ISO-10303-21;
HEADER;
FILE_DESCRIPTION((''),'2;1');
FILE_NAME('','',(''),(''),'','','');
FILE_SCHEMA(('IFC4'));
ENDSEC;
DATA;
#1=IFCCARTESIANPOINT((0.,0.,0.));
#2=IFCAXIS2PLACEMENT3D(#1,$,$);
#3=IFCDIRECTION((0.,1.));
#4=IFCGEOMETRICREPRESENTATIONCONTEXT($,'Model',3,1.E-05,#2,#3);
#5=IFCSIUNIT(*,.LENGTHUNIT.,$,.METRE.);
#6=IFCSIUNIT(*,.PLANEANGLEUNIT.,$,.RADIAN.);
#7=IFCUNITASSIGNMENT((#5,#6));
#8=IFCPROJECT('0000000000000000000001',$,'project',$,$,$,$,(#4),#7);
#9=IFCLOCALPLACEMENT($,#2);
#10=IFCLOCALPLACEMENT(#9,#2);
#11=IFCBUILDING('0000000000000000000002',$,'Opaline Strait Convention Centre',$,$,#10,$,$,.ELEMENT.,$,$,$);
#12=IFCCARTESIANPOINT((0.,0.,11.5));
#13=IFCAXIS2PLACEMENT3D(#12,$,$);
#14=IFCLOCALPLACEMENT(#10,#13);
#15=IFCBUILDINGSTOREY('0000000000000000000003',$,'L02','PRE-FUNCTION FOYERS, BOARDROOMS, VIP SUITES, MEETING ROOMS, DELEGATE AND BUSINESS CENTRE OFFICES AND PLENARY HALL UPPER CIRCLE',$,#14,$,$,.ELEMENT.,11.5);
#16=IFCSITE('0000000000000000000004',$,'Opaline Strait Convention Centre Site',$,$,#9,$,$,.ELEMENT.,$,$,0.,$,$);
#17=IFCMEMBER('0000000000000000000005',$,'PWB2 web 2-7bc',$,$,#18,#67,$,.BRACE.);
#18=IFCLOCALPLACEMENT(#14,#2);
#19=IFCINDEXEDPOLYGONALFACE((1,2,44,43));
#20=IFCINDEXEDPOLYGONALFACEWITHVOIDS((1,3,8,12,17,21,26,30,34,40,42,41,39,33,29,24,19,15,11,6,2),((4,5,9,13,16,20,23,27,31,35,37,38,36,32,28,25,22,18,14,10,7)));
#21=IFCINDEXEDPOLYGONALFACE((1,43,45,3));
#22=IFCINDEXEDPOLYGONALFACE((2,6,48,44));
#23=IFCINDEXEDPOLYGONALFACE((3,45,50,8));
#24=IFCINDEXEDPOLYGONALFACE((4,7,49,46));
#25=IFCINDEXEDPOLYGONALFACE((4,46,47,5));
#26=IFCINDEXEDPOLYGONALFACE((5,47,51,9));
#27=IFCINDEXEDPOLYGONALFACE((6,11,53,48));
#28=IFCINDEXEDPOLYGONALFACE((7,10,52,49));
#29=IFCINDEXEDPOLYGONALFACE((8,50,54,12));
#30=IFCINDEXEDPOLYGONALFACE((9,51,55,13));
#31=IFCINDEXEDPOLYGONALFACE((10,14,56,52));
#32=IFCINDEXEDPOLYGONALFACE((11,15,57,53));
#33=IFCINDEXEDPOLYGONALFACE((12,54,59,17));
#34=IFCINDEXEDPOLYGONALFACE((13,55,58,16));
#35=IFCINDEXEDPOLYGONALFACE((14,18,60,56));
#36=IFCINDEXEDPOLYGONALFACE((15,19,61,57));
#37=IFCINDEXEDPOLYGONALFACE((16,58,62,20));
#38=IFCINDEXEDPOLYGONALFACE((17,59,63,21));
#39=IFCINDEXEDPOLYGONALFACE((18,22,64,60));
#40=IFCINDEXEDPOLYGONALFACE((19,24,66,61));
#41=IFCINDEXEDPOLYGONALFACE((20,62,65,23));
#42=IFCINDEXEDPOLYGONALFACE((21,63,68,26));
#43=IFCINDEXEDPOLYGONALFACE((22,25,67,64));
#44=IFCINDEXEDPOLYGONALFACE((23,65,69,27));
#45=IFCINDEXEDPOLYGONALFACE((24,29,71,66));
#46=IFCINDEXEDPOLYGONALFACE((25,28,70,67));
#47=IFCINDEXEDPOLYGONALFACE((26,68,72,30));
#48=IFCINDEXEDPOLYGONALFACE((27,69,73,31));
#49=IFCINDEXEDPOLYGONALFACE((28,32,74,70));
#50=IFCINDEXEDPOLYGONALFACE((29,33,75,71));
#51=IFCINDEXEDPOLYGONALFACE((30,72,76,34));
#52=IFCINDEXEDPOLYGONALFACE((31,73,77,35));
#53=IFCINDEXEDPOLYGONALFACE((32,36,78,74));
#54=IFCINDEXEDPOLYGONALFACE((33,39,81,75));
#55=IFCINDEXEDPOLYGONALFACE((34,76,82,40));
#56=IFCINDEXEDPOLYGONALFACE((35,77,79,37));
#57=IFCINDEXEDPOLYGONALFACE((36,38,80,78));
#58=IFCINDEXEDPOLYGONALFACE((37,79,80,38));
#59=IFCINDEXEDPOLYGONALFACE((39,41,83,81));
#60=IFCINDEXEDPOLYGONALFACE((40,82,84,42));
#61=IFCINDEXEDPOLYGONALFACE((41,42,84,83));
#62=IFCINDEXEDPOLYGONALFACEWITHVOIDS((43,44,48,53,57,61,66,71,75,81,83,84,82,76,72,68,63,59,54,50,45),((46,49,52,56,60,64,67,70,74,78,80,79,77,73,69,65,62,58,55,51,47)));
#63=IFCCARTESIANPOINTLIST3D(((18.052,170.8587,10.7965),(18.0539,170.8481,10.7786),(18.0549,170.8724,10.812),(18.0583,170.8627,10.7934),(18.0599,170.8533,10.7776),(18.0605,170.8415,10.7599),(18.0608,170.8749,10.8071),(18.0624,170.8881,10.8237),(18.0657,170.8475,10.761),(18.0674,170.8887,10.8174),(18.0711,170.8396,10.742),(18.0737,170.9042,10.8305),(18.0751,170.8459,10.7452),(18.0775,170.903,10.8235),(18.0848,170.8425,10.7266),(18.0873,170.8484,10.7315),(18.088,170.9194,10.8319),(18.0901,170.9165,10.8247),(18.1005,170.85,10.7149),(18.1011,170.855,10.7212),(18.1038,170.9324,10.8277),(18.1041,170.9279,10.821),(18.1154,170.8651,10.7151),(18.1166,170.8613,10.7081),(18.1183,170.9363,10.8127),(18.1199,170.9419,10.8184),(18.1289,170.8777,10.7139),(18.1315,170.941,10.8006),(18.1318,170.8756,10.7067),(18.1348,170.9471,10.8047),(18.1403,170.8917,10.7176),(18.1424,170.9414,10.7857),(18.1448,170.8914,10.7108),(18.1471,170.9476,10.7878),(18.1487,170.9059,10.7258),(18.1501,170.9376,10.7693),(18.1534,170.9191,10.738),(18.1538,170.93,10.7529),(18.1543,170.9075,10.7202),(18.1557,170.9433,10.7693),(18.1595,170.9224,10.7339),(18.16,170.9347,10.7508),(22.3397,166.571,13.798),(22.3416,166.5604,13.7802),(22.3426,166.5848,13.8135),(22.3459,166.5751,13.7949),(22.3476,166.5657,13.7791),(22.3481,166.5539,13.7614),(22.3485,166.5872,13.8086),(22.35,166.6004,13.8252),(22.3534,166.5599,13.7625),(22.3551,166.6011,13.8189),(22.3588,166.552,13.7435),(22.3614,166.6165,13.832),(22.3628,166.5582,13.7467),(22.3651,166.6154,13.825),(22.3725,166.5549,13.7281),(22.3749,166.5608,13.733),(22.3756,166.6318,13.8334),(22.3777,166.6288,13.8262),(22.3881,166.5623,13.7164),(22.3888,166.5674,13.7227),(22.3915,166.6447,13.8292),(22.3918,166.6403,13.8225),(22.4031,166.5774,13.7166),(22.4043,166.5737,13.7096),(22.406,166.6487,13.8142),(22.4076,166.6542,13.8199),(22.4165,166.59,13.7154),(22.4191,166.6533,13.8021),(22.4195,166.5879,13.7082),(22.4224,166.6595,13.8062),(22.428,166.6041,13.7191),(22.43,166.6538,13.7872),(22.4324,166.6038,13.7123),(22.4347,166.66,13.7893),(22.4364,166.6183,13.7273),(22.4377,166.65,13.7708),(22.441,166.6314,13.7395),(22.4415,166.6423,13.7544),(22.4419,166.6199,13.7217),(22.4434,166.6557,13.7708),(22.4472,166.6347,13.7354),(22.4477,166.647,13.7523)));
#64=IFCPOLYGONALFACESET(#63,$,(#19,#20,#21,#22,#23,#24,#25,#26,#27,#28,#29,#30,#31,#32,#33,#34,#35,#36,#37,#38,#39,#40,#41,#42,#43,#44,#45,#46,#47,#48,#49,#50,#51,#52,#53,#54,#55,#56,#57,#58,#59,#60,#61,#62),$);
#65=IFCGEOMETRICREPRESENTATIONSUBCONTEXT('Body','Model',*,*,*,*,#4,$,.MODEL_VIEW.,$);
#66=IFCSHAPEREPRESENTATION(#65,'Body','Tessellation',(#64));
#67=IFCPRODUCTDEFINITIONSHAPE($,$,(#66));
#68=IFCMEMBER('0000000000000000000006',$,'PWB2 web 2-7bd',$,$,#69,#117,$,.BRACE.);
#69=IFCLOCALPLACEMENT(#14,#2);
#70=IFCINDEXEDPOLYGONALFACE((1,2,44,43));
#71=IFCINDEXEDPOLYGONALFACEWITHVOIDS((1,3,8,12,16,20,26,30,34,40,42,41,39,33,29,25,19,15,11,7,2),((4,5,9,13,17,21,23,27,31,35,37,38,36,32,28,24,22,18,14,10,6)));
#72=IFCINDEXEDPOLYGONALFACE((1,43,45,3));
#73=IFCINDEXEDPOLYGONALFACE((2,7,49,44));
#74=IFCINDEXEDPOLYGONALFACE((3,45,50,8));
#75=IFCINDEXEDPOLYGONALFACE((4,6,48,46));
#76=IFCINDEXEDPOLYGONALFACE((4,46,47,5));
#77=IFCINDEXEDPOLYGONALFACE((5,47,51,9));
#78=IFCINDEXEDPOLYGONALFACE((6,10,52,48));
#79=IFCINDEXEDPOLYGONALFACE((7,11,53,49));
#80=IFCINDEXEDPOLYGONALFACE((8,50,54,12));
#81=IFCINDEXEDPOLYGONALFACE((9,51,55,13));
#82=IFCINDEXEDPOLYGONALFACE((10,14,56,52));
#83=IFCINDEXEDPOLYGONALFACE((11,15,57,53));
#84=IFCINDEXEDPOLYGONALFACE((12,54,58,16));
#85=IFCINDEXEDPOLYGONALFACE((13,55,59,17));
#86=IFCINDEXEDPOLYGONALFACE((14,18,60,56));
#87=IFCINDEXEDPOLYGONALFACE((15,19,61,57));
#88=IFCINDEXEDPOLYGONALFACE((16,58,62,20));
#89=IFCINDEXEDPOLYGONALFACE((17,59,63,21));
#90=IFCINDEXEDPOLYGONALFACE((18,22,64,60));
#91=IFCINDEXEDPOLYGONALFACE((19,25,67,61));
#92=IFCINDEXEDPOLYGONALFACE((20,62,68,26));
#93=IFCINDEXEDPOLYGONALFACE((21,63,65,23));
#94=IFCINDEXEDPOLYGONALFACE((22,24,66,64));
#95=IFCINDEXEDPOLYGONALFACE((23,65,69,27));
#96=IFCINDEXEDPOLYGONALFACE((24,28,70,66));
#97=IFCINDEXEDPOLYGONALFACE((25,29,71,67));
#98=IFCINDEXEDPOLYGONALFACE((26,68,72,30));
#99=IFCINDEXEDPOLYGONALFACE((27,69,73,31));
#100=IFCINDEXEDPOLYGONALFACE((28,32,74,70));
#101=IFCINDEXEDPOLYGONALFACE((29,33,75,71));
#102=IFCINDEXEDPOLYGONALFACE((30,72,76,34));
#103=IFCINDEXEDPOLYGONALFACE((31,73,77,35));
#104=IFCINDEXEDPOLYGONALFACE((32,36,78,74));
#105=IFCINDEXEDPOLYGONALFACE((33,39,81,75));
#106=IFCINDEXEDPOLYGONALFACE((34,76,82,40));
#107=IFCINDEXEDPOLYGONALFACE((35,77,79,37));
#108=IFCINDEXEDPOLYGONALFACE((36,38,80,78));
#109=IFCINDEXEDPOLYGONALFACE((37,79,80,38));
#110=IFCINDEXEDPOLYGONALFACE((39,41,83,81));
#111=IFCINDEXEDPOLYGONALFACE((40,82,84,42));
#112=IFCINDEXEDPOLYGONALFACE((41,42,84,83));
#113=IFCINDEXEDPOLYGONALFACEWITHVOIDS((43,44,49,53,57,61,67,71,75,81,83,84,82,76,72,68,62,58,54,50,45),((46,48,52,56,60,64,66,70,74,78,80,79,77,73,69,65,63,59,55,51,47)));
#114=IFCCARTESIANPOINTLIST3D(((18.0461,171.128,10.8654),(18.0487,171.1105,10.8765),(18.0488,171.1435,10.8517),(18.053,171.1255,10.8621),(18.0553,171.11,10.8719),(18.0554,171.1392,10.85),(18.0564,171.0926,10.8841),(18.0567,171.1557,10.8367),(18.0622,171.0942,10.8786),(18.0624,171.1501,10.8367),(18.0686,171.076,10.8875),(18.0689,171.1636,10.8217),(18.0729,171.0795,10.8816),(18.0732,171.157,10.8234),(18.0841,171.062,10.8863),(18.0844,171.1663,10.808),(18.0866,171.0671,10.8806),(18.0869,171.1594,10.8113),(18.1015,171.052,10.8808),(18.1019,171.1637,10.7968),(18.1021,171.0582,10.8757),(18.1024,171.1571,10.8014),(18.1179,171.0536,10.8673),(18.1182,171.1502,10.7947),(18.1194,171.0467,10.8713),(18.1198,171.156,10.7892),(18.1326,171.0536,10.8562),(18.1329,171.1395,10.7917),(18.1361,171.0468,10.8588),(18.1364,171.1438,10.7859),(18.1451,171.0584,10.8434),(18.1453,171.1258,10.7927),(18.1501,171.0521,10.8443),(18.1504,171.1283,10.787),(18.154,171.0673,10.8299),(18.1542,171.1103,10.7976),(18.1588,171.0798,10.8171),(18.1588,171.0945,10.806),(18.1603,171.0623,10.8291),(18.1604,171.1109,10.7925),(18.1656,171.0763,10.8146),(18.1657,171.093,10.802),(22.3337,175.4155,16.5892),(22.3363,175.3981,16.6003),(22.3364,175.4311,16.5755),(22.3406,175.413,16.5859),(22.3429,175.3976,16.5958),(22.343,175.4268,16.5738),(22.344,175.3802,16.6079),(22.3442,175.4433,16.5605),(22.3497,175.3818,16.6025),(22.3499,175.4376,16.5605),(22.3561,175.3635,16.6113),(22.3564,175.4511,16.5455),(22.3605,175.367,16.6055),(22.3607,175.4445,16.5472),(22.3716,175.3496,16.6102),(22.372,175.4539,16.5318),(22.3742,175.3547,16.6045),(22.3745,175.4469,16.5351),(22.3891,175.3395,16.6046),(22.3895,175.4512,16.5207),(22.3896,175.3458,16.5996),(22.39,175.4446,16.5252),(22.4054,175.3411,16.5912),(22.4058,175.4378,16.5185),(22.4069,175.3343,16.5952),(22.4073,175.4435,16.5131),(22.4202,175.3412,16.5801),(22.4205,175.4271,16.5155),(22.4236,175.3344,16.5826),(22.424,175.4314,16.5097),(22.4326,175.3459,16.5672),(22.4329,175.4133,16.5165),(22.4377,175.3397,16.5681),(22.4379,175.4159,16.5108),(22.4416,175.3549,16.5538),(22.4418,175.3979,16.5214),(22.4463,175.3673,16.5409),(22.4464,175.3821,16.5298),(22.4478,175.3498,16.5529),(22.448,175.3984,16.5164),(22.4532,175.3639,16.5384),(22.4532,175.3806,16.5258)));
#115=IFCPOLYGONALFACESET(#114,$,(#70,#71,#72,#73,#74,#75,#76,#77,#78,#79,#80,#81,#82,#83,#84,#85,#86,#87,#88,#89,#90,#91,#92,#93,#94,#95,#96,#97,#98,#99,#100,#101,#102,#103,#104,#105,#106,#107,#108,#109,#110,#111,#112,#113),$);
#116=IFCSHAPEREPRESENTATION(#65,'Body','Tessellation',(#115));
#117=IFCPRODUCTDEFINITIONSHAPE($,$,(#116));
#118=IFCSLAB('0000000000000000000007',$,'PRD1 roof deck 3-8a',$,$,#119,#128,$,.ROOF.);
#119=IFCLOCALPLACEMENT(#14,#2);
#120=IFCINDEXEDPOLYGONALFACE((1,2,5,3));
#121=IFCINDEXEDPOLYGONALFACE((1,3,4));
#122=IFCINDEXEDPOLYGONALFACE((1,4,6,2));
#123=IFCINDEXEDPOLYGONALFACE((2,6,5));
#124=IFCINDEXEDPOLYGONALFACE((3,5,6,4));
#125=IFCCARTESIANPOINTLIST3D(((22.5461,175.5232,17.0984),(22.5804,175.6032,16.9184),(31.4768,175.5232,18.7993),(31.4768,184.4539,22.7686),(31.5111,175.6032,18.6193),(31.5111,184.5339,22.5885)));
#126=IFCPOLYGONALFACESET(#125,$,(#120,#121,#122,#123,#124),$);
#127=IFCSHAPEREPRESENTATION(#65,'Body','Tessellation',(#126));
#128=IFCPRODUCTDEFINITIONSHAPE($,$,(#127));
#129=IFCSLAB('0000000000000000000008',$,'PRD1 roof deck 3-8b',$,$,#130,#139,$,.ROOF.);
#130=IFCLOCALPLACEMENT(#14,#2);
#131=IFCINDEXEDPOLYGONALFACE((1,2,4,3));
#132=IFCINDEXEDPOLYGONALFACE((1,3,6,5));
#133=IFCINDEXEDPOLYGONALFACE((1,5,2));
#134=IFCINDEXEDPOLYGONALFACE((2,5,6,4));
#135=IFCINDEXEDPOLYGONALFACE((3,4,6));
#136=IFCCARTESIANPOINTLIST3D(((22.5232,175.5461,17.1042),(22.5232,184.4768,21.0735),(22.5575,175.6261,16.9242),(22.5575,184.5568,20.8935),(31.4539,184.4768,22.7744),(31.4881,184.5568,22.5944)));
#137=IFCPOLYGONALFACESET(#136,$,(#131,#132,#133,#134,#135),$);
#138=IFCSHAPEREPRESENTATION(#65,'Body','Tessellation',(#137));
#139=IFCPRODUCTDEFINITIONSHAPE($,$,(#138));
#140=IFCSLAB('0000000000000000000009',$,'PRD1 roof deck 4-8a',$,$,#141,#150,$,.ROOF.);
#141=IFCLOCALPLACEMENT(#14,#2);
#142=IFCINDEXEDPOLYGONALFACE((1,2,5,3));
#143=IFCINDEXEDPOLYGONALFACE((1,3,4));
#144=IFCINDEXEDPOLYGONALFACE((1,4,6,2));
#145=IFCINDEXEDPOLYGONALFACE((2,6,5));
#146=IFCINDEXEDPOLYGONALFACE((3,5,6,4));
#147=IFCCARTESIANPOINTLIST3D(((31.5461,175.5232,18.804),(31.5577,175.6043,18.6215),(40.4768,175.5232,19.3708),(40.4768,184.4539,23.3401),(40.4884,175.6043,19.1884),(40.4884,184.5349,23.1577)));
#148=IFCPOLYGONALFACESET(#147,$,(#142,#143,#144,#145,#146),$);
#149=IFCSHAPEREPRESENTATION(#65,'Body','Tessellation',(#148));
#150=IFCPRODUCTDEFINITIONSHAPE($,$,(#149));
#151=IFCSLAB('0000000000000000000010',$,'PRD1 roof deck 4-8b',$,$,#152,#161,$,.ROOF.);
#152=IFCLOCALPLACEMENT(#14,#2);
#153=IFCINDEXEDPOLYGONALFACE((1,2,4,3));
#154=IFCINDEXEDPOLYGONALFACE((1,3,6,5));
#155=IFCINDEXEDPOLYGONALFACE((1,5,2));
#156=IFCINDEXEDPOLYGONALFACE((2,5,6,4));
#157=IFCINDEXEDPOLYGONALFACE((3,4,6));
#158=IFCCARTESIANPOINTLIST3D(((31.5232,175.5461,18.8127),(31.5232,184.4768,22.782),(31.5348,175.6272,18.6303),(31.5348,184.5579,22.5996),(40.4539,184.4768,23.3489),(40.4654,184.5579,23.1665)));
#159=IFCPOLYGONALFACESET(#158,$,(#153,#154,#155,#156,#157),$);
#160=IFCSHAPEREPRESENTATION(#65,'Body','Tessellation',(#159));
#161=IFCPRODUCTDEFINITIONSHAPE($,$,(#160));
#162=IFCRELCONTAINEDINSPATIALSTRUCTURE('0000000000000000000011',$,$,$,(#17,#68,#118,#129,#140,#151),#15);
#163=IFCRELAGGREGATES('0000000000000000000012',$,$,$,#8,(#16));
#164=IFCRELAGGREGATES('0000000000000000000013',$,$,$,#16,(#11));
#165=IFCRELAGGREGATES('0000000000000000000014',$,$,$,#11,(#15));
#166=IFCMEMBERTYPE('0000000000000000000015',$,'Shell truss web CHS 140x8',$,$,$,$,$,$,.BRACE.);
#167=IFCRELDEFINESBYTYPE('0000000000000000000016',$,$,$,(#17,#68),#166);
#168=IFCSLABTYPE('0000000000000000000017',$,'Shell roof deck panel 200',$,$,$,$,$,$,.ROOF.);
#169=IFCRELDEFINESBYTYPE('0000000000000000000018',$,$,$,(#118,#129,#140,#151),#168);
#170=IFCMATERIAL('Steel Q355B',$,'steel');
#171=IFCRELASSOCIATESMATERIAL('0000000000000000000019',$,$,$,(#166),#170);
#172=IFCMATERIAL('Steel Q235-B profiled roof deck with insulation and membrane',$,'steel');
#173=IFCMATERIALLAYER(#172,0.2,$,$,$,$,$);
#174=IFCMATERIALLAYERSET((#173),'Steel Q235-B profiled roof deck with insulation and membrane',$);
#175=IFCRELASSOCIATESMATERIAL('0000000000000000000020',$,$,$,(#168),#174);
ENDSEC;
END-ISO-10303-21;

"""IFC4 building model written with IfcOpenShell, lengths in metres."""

from ifc_helpers import new_model, si_unit, direction, frame, origin, origin_2d, place, context, subcontext, project, spatial, polyline, hollow_circle, outline, extrude, material, layer, layer_set, material_profile, profile_set, type_object, element, save


model = new_model("IFC4")

# Units and contexts
model_context = context("Model", 3, precision=1e-05, world=origin(), true_north=direction((0.0, 1.0)))
body_context = subcontext(model_context, "Body", "Model", "MODEL_VIEW")
ifc_project = project(units=[si_unit("LENGTHUNIT", "METRE"), si_unit("PLANEANGLEUNIT", "RADIAN")], contexts=[model_context])

# Site, building, storey
site_placement = place(None, origin())
site = spatial("IfcSite", under=ifc_project, at=site_placement, Name="Opaline Strait Convention Centre Site", CompositionType="ELEMENT", RefElevation=0.0)
building_placement = place(site_placement, origin())
building = spatial("IfcBuilding", under=site, at=building_placement, Name="Opaline Strait Convention Centre", CompositionType="ELEMENT")
storey_placement = place(building_placement, frame((0.0, 0.0, 11.5)))
storey = spatial("IfcBuildingStorey", under=building, at=storey_placement, Name="L02", Description="PRE-FUNCTION FOYERS, BOARDROOMS, VIP SUITES, MEETING ROOMS, DELEGATE AND BUSINESS CENTRE OFFICES AND PLENARY HALL UPPER CIRCLE", CompositionType="ELEMENT", Elevation=11.5)

# Members
ifc_material_1 = material(Name="Steel Q355B", Category="steel")
ifc_material_profile_1 = material_profile(ifc_material_1, hollow_circle(Radius=0.0701, WallThickness=0.0081, at=origin_2d()), Name="CHS 140x8")
ifc_profile_set_1 = profile_set([ifc_material_profile_1], Name="Steel Q355B")
member_type_1 = type_object("IfcMemberType", Name="Shell truss web CHS 140x8", PredefinedType="BRACE", material=ifc_profile_set_1)
member_1_placement = place(storey_placement, frame((18.1062, 170.8938, 10.7693), z_axis=(0.633718, -0.633718, 0.443624), x_axis=(0.707107, 0.707107, 0.0)))
element("IfcMember", 1, at=member_1_placement, inside=storey, type_object=member_type_1, Name="PWB2 web 2-7bc", PredefinedType="BRACE", context=body_context, shape_type="SweptSolid", body=[
    extrude(hollow_circle(Radius=0.0701, WallThickness=0.0081, at=origin_2d()), origin(), (0.0, 0.0, 1.0), 6.7659),
])
member_2_placement = place(storey_placement, frame((18.1062, 171.1062, 10.8367), z_axis=(0.514196, 0.514196, 0.686444), x_axis=(-0.707107, 0.707107, 0.0)))
element("IfcMember", 2, at=member_2_placement, inside=storey, type_object=member_type_1, Name="PWB2 web 2-7bd", PredefinedType="BRACE", context=body_context, shape_type="SweptSolid", body=[
    extrude(hollow_circle(Radius=0.0701, WallThickness=0.0081, at=origin_2d()), origin(), (0.0, 0.0, 1.0), 8.3384),
])

# Slabs
ifc_material_2 = material(Name="Steel Q235-B profiled roof deck with insulation and membrane", Category="steel")
ifc_layer = layer(ifc_material_2, 0.2)
ifc_layer_set = layer_set([ifc_layer], Name="Steel Q235-B profiled roof deck with insulation and membrane")
slab_type = type_object("IfcSlabType", Name="Shell roof deck panel 200", PredefinedType="ROOF", material=ifc_layer_set)
slab_1_placement = place(storey_placement, frame((22.5461, 175.5232, 17.0984), z_axis=(-0.171466, -0.400128, 0.900276), x_axis=(0.982342, 0.0, 0.187096)))
element("IfcSlab", 3, at=slab_1_placement, inside=storey, type_object=slab_type, Name="PRD1 roof deck 3-8a", PredefinedType="ROOF", context=body_context, shape_type="SweptSolid", body=[
    extrude(outline(polyline([(0.0, 0.0), (9.0912, 0.0), (9.8338, 9.7447), (0.0, 0.0)])), origin(), (0.0, 0.0, -1.0), 0.2),
])
slab_2_placement = place(storey_placement, frame((22.5232, 175.5461, 17.1042), z_axis=(-0.171466, -0.400128, 0.900276), x_axis=(0.645079, 0.645079, 0.409567)))
element("IfcSlab", 4, at=slab_2_placement, inside=storey, type_object=slab_type, Name="PRD1 roof deck 3-8b", PredefinedType="ROOF", context=body_context, shape_type="SweptSolid", body=[
    extrude(outline(polyline([(0.0, 0.0), (13.8443, 0.0), (7.3867, 6.3991), (0.0, 0.0)])), origin(), (0.0, 0.0, -1.0), 0.2),
])
slab_3_placement = place(storey_placement, frame((31.5461, 175.5232, 18.804), z_axis=(-0.057909, -0.405462, 0.912276), x_axis=(0.997991, 0.0, 0.06335)))
element("IfcSlab", 5, at=slab_3_placement, inside=storey, type_object=slab_type, Name="PRD1 roof deck 4-8a", PredefinedType="ROOF", context=body_context, shape_type="SweptSolid", body=[
    extrude(outline(polyline([(0.0, 0.0), (8.9486, 0.0), (9.2001, 9.7698), (0.0, 0.0)])), origin(), (0.0, 0.0, -1.0), 0.2),
])
slab_4_placement = place(storey_placement, frame((31.5232, 175.5461, 18.8127), z_axis=(-0.057909, -0.405462, 0.912276), x_axis=(0.665486, 0.665486, 0.338019)))
element("IfcSlab", 6, at=slab_4_placement, inside=storey, type_object=slab_type, Name="PRD1 roof deck 4-8b", PredefinedType="ROOF", context=body_context, shape_type="SweptSolid", body=[
    extrude(outline(polyline([(0.0, 0.0), (13.4198, 0.0), (7.2849, 6.5147), (0.0, 0.0)])), origin(), (0.0, 0.0, -1.0), 0.2),
])

save(model, "model.ifc")
